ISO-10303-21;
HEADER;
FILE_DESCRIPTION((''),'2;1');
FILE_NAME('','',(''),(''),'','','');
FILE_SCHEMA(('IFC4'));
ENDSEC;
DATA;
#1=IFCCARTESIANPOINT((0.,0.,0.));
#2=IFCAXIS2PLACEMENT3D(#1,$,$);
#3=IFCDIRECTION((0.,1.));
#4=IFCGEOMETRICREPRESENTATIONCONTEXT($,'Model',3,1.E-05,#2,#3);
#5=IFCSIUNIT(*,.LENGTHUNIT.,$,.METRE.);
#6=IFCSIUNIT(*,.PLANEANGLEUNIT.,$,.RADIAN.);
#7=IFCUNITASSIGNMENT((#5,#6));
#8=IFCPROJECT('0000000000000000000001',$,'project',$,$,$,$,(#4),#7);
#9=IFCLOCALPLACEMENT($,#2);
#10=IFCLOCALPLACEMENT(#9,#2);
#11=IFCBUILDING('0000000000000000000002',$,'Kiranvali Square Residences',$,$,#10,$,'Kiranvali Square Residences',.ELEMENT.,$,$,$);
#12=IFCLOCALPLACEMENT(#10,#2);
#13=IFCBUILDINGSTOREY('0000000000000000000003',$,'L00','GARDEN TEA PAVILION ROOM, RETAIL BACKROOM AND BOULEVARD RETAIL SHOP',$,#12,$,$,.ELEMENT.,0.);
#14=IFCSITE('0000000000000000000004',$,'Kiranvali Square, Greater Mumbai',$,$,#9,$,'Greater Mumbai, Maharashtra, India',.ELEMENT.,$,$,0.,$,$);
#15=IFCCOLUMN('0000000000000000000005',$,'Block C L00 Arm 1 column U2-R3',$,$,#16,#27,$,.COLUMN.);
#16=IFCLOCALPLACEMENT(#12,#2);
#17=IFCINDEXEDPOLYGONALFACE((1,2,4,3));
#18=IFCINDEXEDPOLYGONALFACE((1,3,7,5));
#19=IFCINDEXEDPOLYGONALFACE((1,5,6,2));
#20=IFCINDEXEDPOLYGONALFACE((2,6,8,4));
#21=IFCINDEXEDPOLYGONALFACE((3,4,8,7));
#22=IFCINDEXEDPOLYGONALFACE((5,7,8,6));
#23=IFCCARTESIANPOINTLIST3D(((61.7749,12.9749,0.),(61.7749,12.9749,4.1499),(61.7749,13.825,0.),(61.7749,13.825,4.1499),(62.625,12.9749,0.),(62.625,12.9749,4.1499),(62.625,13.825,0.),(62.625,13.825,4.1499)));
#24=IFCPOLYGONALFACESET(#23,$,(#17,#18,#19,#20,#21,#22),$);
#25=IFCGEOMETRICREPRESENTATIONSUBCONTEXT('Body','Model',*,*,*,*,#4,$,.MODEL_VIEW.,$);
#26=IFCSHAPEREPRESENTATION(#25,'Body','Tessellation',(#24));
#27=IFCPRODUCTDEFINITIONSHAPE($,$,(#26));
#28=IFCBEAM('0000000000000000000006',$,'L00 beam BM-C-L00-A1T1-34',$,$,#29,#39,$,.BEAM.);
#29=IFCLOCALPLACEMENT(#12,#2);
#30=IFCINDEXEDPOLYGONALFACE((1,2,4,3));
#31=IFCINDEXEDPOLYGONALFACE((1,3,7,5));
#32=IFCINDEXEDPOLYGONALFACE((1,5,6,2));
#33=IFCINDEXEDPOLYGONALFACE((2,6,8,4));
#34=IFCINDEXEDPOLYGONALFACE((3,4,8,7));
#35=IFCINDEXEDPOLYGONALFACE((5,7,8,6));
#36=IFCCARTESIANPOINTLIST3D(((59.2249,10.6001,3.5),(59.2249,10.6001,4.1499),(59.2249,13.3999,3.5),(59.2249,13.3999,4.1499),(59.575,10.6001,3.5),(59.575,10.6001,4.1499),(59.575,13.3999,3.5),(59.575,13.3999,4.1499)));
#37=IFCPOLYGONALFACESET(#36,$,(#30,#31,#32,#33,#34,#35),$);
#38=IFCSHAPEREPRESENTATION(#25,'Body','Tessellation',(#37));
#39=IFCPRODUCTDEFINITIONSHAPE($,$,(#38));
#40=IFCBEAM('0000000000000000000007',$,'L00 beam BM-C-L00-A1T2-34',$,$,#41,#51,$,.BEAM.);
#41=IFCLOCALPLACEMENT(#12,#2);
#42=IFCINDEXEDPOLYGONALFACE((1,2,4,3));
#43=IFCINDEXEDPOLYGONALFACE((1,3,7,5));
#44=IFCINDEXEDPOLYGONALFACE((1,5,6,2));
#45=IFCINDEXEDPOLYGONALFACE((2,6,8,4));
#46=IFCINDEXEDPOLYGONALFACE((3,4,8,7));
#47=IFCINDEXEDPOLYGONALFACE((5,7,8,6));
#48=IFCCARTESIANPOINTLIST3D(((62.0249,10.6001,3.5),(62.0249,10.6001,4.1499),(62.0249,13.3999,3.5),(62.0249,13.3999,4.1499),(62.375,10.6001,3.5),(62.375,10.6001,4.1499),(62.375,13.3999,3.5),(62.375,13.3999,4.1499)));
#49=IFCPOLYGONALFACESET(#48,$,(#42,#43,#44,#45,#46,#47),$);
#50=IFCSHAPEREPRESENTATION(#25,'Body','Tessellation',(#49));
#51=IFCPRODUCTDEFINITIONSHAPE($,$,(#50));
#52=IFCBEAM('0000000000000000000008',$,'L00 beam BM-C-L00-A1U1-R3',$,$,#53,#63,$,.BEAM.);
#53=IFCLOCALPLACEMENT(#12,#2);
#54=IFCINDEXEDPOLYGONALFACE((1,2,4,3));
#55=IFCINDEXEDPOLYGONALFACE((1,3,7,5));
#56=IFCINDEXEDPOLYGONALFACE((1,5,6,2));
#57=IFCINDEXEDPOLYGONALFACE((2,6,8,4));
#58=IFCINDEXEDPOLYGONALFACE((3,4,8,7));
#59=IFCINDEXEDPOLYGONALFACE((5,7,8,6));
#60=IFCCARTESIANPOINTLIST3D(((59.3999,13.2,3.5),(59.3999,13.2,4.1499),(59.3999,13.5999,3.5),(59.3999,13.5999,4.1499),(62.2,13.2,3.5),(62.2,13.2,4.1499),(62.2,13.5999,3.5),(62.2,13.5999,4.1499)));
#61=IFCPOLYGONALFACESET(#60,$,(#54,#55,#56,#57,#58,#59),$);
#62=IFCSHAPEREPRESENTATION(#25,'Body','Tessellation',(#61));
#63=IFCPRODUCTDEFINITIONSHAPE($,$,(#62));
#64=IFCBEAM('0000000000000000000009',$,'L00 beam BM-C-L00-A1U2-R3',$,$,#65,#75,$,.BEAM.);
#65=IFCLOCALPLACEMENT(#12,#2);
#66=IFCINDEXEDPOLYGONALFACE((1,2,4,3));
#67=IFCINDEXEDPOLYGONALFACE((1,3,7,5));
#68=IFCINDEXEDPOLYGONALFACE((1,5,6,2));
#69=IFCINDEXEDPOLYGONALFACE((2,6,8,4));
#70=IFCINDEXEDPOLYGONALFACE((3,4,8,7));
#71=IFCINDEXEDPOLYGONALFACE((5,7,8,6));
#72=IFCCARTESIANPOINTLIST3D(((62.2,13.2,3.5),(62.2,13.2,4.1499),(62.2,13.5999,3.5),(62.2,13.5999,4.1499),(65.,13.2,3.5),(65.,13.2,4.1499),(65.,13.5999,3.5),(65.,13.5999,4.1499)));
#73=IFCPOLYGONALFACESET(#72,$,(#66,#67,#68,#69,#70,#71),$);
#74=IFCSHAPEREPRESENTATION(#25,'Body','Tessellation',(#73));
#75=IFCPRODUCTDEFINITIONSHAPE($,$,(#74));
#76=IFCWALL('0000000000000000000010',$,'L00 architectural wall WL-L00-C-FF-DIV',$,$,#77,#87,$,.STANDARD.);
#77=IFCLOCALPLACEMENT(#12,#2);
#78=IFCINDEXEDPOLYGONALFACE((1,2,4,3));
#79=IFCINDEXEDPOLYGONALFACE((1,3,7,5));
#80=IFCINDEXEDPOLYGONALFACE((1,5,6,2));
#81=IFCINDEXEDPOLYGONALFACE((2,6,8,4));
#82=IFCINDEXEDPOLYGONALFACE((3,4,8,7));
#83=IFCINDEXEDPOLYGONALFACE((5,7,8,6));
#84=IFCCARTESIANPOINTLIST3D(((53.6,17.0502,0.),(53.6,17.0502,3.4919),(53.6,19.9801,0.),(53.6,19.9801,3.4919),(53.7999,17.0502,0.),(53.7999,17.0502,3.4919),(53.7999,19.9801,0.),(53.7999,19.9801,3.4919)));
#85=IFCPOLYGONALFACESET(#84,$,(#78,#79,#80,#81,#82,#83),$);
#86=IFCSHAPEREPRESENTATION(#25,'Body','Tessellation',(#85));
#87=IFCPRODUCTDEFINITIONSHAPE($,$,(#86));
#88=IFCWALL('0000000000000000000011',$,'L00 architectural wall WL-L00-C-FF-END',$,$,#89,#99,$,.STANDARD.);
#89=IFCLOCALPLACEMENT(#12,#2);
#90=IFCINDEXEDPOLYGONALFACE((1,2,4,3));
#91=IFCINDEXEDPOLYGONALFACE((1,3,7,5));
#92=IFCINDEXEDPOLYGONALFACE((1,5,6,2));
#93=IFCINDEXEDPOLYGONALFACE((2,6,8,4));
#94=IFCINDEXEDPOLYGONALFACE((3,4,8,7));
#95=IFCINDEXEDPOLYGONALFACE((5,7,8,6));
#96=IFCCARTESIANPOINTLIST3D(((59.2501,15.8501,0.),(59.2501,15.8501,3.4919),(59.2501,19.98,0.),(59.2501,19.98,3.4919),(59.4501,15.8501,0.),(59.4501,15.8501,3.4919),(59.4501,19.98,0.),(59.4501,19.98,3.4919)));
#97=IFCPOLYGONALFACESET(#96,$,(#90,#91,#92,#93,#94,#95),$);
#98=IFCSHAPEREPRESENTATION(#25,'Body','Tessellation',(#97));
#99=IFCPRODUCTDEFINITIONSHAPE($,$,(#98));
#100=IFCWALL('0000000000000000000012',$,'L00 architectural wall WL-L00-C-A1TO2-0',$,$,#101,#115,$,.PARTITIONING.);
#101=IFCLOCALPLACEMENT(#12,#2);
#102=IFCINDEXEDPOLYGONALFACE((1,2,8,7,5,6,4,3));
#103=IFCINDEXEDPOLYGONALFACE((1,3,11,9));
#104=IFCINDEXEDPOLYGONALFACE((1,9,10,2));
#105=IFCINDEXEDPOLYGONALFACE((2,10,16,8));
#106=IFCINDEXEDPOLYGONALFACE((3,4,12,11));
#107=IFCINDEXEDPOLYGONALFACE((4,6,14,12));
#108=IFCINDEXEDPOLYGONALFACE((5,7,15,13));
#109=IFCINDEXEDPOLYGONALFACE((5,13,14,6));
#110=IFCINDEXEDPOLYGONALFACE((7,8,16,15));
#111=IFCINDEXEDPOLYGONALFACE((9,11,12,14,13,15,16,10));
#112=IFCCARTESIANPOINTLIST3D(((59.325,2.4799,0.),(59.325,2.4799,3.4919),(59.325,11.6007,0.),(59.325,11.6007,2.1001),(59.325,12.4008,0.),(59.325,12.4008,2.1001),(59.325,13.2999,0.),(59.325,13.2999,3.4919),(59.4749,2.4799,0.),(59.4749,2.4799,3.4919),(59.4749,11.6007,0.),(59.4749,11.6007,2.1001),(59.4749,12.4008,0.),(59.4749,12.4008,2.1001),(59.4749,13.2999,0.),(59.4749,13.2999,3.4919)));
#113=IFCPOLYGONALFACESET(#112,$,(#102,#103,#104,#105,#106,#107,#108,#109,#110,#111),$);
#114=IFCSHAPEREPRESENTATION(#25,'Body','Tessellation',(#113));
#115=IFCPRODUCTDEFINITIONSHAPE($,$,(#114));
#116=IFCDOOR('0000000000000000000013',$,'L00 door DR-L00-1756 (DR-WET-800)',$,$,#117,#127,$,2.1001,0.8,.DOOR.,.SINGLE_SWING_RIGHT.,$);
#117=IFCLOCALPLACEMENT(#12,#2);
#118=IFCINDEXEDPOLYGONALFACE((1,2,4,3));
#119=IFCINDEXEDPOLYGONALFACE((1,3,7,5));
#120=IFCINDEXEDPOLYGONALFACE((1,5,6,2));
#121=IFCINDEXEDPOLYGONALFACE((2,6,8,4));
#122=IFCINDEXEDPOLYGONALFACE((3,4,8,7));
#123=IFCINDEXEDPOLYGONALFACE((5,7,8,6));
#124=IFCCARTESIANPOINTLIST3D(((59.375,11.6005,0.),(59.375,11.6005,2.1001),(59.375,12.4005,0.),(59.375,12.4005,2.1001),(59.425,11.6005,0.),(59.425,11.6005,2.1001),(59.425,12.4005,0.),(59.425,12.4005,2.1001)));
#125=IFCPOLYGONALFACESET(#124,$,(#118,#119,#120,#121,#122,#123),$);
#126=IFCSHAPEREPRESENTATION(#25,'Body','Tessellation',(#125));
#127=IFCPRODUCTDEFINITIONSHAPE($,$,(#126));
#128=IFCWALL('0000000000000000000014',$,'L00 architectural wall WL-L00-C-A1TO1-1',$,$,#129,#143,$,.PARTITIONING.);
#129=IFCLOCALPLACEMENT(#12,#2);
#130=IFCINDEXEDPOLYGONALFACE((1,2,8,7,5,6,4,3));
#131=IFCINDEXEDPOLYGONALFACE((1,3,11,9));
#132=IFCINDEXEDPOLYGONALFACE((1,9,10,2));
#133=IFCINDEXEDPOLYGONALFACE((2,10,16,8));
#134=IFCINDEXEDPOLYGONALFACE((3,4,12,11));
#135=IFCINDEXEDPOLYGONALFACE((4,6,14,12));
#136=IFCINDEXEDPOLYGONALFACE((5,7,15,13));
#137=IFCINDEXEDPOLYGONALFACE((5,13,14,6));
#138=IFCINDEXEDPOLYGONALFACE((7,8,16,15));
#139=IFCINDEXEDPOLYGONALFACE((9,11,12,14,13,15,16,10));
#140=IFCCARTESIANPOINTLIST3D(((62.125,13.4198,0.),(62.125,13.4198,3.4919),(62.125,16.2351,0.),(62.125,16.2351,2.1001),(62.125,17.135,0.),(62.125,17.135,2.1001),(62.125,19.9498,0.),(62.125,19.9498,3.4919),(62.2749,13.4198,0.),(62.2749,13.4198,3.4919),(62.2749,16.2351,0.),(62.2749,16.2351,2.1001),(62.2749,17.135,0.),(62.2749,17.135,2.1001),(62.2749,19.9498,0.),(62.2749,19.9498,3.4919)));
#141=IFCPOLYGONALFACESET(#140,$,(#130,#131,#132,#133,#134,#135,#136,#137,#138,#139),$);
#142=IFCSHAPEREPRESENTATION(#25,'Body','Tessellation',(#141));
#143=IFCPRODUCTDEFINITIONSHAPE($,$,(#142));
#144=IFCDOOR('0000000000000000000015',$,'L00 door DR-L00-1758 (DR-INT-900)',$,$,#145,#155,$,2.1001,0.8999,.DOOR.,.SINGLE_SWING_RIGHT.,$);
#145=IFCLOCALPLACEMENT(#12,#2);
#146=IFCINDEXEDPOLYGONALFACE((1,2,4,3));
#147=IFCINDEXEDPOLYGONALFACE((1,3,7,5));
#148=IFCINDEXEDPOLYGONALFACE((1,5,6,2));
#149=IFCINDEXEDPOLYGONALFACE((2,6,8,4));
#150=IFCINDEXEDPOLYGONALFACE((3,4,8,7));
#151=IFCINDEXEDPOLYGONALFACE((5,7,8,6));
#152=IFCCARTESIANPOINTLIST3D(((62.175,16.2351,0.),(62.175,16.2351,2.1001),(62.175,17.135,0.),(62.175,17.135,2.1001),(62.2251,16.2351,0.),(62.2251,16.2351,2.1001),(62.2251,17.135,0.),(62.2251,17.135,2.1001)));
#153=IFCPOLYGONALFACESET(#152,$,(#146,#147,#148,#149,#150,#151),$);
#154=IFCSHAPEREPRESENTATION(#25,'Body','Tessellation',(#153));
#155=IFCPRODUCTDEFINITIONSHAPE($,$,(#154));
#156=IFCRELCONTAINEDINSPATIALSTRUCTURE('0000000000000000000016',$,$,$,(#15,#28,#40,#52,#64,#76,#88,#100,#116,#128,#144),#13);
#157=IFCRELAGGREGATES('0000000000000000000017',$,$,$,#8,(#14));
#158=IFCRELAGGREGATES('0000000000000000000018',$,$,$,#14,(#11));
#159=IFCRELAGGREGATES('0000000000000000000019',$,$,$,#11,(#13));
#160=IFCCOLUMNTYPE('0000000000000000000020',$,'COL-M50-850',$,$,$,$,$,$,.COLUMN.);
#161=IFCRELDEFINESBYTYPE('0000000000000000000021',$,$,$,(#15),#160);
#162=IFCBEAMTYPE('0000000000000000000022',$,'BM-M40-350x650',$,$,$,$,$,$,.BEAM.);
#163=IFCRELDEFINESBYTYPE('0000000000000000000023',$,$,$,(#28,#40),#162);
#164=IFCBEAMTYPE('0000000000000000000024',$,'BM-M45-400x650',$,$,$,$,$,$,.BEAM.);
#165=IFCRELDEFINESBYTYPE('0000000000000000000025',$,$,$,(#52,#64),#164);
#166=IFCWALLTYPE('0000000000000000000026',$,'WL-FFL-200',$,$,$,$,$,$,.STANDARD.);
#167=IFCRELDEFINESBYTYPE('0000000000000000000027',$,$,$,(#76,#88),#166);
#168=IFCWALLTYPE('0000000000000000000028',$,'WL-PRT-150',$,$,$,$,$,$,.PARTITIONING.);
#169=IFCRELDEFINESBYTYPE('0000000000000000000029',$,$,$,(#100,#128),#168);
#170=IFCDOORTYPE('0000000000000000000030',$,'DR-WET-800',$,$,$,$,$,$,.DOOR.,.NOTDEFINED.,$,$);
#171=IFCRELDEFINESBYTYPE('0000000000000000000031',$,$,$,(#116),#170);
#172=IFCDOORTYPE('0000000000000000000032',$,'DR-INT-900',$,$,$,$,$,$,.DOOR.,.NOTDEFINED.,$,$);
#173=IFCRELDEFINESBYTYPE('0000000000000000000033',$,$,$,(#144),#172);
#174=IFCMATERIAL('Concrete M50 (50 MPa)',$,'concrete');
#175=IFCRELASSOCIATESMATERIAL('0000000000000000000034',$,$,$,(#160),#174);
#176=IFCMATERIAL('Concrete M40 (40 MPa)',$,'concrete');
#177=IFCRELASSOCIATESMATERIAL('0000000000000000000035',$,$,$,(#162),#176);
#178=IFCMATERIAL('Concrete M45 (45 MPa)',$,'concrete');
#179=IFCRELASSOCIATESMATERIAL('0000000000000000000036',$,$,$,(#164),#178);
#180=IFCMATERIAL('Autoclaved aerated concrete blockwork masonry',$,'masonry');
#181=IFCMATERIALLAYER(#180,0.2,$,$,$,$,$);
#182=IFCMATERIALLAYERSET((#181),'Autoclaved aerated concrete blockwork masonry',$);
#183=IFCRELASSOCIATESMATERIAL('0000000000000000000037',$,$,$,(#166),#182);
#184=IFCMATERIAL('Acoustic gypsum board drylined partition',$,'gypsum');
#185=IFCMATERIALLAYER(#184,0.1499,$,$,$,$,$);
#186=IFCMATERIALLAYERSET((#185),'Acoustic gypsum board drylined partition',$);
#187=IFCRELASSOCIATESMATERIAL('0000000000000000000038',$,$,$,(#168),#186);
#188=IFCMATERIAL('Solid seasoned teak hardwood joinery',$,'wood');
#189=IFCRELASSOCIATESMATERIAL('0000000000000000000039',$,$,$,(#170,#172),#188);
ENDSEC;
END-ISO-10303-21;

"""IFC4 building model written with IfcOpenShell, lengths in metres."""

from ifc_helpers import new_model, si_unit, direction, frame, frame_2d, origin, origin_2d, place, context, subcontext, project, spatial, rectangle, extrude, material, layer, layer_set, material_profile, profile_set, type_object, element, fill, save


model = new_model("IFC4")

# Units and contexts
model_context = context("Model", 3, precision=1e-05, world=origin(), true_north=direction((0.0, 1.0)))
body_context = subcontext(model_context, "Body", "Model", "MODEL_VIEW")
ifc_project = project(units=[si_unit("LENGTHUNIT", "METRE"), si_unit("PLANEANGLEUNIT", "RADIAN")], contexts=[model_context])

# Site, building, storey
site_placement = place(None, origin())
site = spatial("IfcSite", under=ifc_project, at=site_placement, Name="Kiranvali Square, Greater Mumbai", LongName="Greater Mumbai, Maharashtra, India", CompositionType="ELEMENT", RefElevation=0.0)
building_placement = place(site_placement, origin())
building = spatial("IfcBuilding", under=site, at=building_placement, Name="Kiranvali Square Residences", LongName="Kiranvali Square Residences", CompositionType="ELEMENT")
storey_placement = place(building_placement, origin())
storey = spatial("IfcBuildingStorey", under=building, at=storey_placement, Name="L00", Description="GARDEN TEA PAVILION ROOM, RETAIL BACKROOM AND BOULEVARD RETAIL SHOP", CompositionType="ELEMENT", Elevation=0.0)

# Column
ifc_material_1 = material(Name="Concrete M50 (50 MPa)", Category="concrete")
ifc_material_profile_1 = material_profile(ifc_material_1, rectangle(XDim=0.8501, YDim=0.8501, at=origin_2d()), Name="RC 850x850")
ifc_profile_set_1 = profile_set([ifc_material_profile_1], Name="Concrete M50 (50 MPa)")
column_type = type_object("IfcColumnType", Name="COL-M50-850", PredefinedType="COLUMN", material=ifc_profile_set_1)
column_placement = place(storey_placement, frame((62.2, 13.3999, 0.0), z_axis=(0.0, 0.0, 1.0), x_axis=(1.0, 0.0, 0.0)))
element("IfcColumn", 1, at=column_placement, inside=storey, type_object=column_type, Name="Block C L00 Arm 1 column U2-R3", PredefinedType="COLUMN", context=body_context, shape_type="SweptSolid", body=[
    extrude(rectangle(XDim=0.8501, YDim=0.8501, at=origin_2d()), origin(), (0.0, 0.0, 1.0), 4.1499),
])

# Beams
ifc_material_2 = material(Name="Concrete M40 (40 MPa)", Category="concrete")
ifc_material_profile_2 = material_profile(ifc_material_2, rectangle(XDim=0.3501, YDim=0.6499, at=origin_2d()), Name="RC 350x650")
ifc_profile_set_2 = profile_set([ifc_material_profile_2], Name="Concrete M40 (40 MPa)")
beam_type_1 = type_object("IfcBeamType", Name="BM-M40-350x650", PredefinedType="BEAM", material=ifc_profile_set_2)
for number, where, z_axis, x_axis, name in (
    (2, (59.3999, 13.3999, 3.825), (0.0, -1.0, 0.0), (1.0, 0.0, 0.0), "L00 beam BM-C-L00-A1T1-34"),
    (3, (62.2, 13.3999, 3.825), (0.0, -1.0, 0.0), (1.0, 0.0, 0.0), "L00 beam BM-C-L00-A1T2-34"),
):
    element("IfcBeam", number, at=place(storey_placement, frame(where, z_axis=z_axis, x_axis=x_axis)), inside=storey, type_object=beam_type_1, Name=name, PredefinedType="BEAM", context=body_context, shape_type="SweptSolid", body=[
        extrude(rectangle(XDim=0.3501, YDim=0.6499, at=origin_2d()), origin(), (0.0, 0.0, 1.0), 2.7998),
    ])
ifc_material_3 = material(Name="Concrete M45 (45 MPa)", Category="concrete")
ifc_material_profile_3 = material_profile(ifc_material_3, rectangle(XDim=0.3999, YDim=0.6499, at=origin_2d()), Name="RC 400x650")
ifc_profile_set_3 = profile_set([ifc_material_profile_3], Name="Concrete M45 (45 MPa)")
beam_type_2 = type_object("IfcBeamType", Name="BM-M45-400x650", PredefinedType="BEAM", material=ifc_profile_set_3)
for number, where, z_axis, x_axis, name in (
    (4, (59.3999, 13.3999, 3.825), (1.0, 0.0, 0.0), (0.0, 1.0, 0.0), "L00 beam BM-C-L00-A1U1-R3"),
    (5, (62.2, 13.3999, 3.825), (1.0, 0.0, 0.0), (0.0, 1.0, 0.0), "L00 beam BM-C-L00-A1U2-R3"),
):
    element("IfcBeam", number, at=place(storey_placement, frame(where, z_axis=z_axis, x_axis=x_axis)), inside=storey, type_object=beam_type_2, Name=name, PredefinedType="BEAM", context=body_context, shape_type="SweptSolid", body=[
        extrude(rectangle(XDim=0.3999, YDim=0.6499, at=origin_2d()), origin(), (0.0, 0.0, 1.0), 2.8),
    ])

# Walls
ifc_material_4 = material(Name="Autoclaved aerated concrete blockwork masonry", Category="masonry")
ifc_layer_1 = layer(ifc_material_4, 0.2)
ifc_layer_set_1 = layer_set([ifc_layer_1], Name="Autoclaved aerated concrete blockwork masonry")
wall_type_1 = type_object("IfcWallType", Name="WL-FFL-200", PredefinedType="STANDARD", material=ifc_layer_set_1)
wall_1_placement = place(storey_placement, frame((53.7, 19.98, 0.0), z_axis=(0.0, 0.0, 1.0), x_axis=(0.0, -1.0, 0.0)))
element("IfcWall", 6, at=wall_1_placement, inside=storey, type_object=wall_type_1, Name="L00 architectural wall WL-L00-C-FF-DIV", PredefinedType="STANDARD", context=body_context, shape_type="SweptSolid", body=[
    extrude(rectangle(XDim=2.9299, YDim=0.2, at=frame_2d((1.4648, 0.0))), origin(), (0.0, 0.0, 1.0), 3.4919),
])
wall_2_placement = place(storey_placement, frame((59.3501, 19.98, 0.0), z_axis=(0.0, 0.0, 1.0), x_axis=(0.0, -1.0, 0.0)))
element("IfcWall", 7, at=wall_2_placement, inside=storey, type_object=wall_type_1, Name="L00 architectural wall WL-L00-C-FF-END", PredefinedType="STANDARD", context=body_context, shape_type="SweptSolid", body=[
    extrude(rectangle(XDim=4.1299, YDim=0.2, at=frame_2d((2.0649, 0.0))), origin(), (0.0, 0.0, 1.0), 3.4919),
])

# Walls, openings, doors
ifc_material_5 = material(Name="Acoustic gypsum board drylined partition", Category="gypsum")
ifc_layer_2 = layer(ifc_material_5, 0.1499)
ifc_layer_set_2 = layer_set([ifc_layer_2], Name="Acoustic gypsum board drylined partition")
wall_type_2 = type_object("IfcWallType", Name="WL-PRT-150", PredefinedType="PARTITIONING", material=ifc_layer_set_2)
wall_3_placement = place(storey_placement, frame((59.3999, 13.3, 0.0), z_axis=(0.0, 0.0, 1.0), x_axis=(0.0, -1.0, 0.0)))
wall_3 = element("IfcWall", 8, at=wall_3_placement, inside=storey, type_object=wall_type_2, Name="L00 architectural wall WL-L00-C-A1TO2-0", PredefinedType="PARTITIONING", context=body_context, shape_type="SweptSolid", body=[
    extrude(rectangle(XDim=10.8201, YDim=0.1499, at=frame_2d((5.4102, 0.0))), origin(), (0.0, 0.0, 1.0), 3.4919),
])
opening_1_placement = place(wall_3_placement, frame((0.8994, 0.0, 0.0)))
opening_1 = element("IfcOpeningElement", 9, at=opening_1_placement, cuts=wall_3, PredefinedType="OPENING", context=body_context, shape_type="SweptSolid", body=[
    extrude(rectangle(XDim=0.8, YDim=2.1001, at=frame_2d((0.3999, 1.05))), frame((0.0, 0.085, 0.0), z_axis=(0.0, -1.0, 0.0), x_axis=(1.0, 0.0, 0.0)), (0.0, 0.0, 1.0), 0.1699),
])
ifc_material_6 = material(Name="Solid seasoned teak hardwood joinery", Category="wood")
door_type_1 = type_object("IfcDoorType", Name="DR-WET-800", OperationType="NOTDEFINED", PredefinedType="DOOR", material=ifc_material_6)
door_1_placement = place(opening_1_placement, frame((0.8, 0.0, 0.0), z_axis=(0.0, 0.0, 1.0), x_axis=(-1.0, 0.0, 0.0)))
door_1 = element("IfcDoor", 10, at=door_1_placement, inside=storey, type_object=door_type_1, Name="L00 door DR-L00-1756 (DR-WET-800)", OperationType="SINGLE_SWING_RIGHT", OverallHeight=2.1001, OverallWidth=0.8, PredefinedType="DOOR", context=body_context, shape_type="SweptSolid", body=[
    extrude(rectangle(XDim=0.8, YDim=2.1001, at=frame_2d((0.3999, 1.05))), frame((0.0, 0.0249, 0.0), z_axis=(0.0, -1.0, 0.0), x_axis=(1.0, 0.0, 0.0)), (0.0, 0.0, 1.0), 0.05),
])
fill(opening_1, door_1)
wall_4_placement = place(storey_placement, frame((62.2, 19.95, 0.0), z_axis=(0.0, 0.0, 1.0), x_axis=(0.0, -1.0, 0.0)))
wall_4 = element("IfcWall", 11, at=wall_4_placement, inside=storey, type_object=wall_type_2, Name="L00 architectural wall WL-L00-C-A1TO1-1", PredefinedType="PARTITIONING", context=body_context, shape_type="SweptSolid", body=[
    extrude(rectangle(XDim=6.53, YDim=0.1499, at=frame_2d((3.2651, 0.0))), origin(), (0.0, 0.0, 1.0), 3.4919),
])
opening_2_placement = place(wall_4_placement, frame((2.8149, 0.0, 0.0)))
opening_2 = element("IfcOpeningElement", 12, at=opening_2_placement, cuts=wall_4, PredefinedType="OPENING", context=body_context, shape_type="SweptSolid", body=[
    extrude(rectangle(XDim=0.8999, YDim=2.1001, at=frame_2d((0.45, 1.05))), frame((0.0, 0.085, 0.0), z_axis=(0.0, -1.0, 0.0), x_axis=(1.0, 0.0, 0.0)), (0.0, 0.0, 1.0), 0.1699),
])
door_type_2 = type_object("IfcDoorType", Name="DR-INT-900", OperationType="NOTDEFINED", PredefinedType="DOOR", material=ifc_material_6)
door_2_placement = place(opening_2_placement, frame((0.8999, 0.0, 0.0), z_axis=(0.0, 0.0, 1.0), x_axis=(-1.0, 0.0, 0.0)))
door_2 = element("IfcDoor", 13, at=door_2_placement, inside=storey, type_object=door_type_2, Name="L00 door DR-L00-1758 (DR-INT-900)", OperationType="SINGLE_SWING_RIGHT", OverallHeight=2.1001, OverallWidth=0.8999, PredefinedType="DOOR", context=body_context, shape_type="SweptSolid", body=[
    extrude(rectangle(XDim=0.8999, YDim=2.1001, at=frame_2d((0.45, 1.05))), frame((0.0, 0.0249, 0.0), z_axis=(0.0, -1.0, 0.0), x_axis=(1.0, 0.0, 0.0)), (0.0, 0.0, 1.0), 0.05),
])
fill(opening_2, door_2)

save(model, "model.ifc")
